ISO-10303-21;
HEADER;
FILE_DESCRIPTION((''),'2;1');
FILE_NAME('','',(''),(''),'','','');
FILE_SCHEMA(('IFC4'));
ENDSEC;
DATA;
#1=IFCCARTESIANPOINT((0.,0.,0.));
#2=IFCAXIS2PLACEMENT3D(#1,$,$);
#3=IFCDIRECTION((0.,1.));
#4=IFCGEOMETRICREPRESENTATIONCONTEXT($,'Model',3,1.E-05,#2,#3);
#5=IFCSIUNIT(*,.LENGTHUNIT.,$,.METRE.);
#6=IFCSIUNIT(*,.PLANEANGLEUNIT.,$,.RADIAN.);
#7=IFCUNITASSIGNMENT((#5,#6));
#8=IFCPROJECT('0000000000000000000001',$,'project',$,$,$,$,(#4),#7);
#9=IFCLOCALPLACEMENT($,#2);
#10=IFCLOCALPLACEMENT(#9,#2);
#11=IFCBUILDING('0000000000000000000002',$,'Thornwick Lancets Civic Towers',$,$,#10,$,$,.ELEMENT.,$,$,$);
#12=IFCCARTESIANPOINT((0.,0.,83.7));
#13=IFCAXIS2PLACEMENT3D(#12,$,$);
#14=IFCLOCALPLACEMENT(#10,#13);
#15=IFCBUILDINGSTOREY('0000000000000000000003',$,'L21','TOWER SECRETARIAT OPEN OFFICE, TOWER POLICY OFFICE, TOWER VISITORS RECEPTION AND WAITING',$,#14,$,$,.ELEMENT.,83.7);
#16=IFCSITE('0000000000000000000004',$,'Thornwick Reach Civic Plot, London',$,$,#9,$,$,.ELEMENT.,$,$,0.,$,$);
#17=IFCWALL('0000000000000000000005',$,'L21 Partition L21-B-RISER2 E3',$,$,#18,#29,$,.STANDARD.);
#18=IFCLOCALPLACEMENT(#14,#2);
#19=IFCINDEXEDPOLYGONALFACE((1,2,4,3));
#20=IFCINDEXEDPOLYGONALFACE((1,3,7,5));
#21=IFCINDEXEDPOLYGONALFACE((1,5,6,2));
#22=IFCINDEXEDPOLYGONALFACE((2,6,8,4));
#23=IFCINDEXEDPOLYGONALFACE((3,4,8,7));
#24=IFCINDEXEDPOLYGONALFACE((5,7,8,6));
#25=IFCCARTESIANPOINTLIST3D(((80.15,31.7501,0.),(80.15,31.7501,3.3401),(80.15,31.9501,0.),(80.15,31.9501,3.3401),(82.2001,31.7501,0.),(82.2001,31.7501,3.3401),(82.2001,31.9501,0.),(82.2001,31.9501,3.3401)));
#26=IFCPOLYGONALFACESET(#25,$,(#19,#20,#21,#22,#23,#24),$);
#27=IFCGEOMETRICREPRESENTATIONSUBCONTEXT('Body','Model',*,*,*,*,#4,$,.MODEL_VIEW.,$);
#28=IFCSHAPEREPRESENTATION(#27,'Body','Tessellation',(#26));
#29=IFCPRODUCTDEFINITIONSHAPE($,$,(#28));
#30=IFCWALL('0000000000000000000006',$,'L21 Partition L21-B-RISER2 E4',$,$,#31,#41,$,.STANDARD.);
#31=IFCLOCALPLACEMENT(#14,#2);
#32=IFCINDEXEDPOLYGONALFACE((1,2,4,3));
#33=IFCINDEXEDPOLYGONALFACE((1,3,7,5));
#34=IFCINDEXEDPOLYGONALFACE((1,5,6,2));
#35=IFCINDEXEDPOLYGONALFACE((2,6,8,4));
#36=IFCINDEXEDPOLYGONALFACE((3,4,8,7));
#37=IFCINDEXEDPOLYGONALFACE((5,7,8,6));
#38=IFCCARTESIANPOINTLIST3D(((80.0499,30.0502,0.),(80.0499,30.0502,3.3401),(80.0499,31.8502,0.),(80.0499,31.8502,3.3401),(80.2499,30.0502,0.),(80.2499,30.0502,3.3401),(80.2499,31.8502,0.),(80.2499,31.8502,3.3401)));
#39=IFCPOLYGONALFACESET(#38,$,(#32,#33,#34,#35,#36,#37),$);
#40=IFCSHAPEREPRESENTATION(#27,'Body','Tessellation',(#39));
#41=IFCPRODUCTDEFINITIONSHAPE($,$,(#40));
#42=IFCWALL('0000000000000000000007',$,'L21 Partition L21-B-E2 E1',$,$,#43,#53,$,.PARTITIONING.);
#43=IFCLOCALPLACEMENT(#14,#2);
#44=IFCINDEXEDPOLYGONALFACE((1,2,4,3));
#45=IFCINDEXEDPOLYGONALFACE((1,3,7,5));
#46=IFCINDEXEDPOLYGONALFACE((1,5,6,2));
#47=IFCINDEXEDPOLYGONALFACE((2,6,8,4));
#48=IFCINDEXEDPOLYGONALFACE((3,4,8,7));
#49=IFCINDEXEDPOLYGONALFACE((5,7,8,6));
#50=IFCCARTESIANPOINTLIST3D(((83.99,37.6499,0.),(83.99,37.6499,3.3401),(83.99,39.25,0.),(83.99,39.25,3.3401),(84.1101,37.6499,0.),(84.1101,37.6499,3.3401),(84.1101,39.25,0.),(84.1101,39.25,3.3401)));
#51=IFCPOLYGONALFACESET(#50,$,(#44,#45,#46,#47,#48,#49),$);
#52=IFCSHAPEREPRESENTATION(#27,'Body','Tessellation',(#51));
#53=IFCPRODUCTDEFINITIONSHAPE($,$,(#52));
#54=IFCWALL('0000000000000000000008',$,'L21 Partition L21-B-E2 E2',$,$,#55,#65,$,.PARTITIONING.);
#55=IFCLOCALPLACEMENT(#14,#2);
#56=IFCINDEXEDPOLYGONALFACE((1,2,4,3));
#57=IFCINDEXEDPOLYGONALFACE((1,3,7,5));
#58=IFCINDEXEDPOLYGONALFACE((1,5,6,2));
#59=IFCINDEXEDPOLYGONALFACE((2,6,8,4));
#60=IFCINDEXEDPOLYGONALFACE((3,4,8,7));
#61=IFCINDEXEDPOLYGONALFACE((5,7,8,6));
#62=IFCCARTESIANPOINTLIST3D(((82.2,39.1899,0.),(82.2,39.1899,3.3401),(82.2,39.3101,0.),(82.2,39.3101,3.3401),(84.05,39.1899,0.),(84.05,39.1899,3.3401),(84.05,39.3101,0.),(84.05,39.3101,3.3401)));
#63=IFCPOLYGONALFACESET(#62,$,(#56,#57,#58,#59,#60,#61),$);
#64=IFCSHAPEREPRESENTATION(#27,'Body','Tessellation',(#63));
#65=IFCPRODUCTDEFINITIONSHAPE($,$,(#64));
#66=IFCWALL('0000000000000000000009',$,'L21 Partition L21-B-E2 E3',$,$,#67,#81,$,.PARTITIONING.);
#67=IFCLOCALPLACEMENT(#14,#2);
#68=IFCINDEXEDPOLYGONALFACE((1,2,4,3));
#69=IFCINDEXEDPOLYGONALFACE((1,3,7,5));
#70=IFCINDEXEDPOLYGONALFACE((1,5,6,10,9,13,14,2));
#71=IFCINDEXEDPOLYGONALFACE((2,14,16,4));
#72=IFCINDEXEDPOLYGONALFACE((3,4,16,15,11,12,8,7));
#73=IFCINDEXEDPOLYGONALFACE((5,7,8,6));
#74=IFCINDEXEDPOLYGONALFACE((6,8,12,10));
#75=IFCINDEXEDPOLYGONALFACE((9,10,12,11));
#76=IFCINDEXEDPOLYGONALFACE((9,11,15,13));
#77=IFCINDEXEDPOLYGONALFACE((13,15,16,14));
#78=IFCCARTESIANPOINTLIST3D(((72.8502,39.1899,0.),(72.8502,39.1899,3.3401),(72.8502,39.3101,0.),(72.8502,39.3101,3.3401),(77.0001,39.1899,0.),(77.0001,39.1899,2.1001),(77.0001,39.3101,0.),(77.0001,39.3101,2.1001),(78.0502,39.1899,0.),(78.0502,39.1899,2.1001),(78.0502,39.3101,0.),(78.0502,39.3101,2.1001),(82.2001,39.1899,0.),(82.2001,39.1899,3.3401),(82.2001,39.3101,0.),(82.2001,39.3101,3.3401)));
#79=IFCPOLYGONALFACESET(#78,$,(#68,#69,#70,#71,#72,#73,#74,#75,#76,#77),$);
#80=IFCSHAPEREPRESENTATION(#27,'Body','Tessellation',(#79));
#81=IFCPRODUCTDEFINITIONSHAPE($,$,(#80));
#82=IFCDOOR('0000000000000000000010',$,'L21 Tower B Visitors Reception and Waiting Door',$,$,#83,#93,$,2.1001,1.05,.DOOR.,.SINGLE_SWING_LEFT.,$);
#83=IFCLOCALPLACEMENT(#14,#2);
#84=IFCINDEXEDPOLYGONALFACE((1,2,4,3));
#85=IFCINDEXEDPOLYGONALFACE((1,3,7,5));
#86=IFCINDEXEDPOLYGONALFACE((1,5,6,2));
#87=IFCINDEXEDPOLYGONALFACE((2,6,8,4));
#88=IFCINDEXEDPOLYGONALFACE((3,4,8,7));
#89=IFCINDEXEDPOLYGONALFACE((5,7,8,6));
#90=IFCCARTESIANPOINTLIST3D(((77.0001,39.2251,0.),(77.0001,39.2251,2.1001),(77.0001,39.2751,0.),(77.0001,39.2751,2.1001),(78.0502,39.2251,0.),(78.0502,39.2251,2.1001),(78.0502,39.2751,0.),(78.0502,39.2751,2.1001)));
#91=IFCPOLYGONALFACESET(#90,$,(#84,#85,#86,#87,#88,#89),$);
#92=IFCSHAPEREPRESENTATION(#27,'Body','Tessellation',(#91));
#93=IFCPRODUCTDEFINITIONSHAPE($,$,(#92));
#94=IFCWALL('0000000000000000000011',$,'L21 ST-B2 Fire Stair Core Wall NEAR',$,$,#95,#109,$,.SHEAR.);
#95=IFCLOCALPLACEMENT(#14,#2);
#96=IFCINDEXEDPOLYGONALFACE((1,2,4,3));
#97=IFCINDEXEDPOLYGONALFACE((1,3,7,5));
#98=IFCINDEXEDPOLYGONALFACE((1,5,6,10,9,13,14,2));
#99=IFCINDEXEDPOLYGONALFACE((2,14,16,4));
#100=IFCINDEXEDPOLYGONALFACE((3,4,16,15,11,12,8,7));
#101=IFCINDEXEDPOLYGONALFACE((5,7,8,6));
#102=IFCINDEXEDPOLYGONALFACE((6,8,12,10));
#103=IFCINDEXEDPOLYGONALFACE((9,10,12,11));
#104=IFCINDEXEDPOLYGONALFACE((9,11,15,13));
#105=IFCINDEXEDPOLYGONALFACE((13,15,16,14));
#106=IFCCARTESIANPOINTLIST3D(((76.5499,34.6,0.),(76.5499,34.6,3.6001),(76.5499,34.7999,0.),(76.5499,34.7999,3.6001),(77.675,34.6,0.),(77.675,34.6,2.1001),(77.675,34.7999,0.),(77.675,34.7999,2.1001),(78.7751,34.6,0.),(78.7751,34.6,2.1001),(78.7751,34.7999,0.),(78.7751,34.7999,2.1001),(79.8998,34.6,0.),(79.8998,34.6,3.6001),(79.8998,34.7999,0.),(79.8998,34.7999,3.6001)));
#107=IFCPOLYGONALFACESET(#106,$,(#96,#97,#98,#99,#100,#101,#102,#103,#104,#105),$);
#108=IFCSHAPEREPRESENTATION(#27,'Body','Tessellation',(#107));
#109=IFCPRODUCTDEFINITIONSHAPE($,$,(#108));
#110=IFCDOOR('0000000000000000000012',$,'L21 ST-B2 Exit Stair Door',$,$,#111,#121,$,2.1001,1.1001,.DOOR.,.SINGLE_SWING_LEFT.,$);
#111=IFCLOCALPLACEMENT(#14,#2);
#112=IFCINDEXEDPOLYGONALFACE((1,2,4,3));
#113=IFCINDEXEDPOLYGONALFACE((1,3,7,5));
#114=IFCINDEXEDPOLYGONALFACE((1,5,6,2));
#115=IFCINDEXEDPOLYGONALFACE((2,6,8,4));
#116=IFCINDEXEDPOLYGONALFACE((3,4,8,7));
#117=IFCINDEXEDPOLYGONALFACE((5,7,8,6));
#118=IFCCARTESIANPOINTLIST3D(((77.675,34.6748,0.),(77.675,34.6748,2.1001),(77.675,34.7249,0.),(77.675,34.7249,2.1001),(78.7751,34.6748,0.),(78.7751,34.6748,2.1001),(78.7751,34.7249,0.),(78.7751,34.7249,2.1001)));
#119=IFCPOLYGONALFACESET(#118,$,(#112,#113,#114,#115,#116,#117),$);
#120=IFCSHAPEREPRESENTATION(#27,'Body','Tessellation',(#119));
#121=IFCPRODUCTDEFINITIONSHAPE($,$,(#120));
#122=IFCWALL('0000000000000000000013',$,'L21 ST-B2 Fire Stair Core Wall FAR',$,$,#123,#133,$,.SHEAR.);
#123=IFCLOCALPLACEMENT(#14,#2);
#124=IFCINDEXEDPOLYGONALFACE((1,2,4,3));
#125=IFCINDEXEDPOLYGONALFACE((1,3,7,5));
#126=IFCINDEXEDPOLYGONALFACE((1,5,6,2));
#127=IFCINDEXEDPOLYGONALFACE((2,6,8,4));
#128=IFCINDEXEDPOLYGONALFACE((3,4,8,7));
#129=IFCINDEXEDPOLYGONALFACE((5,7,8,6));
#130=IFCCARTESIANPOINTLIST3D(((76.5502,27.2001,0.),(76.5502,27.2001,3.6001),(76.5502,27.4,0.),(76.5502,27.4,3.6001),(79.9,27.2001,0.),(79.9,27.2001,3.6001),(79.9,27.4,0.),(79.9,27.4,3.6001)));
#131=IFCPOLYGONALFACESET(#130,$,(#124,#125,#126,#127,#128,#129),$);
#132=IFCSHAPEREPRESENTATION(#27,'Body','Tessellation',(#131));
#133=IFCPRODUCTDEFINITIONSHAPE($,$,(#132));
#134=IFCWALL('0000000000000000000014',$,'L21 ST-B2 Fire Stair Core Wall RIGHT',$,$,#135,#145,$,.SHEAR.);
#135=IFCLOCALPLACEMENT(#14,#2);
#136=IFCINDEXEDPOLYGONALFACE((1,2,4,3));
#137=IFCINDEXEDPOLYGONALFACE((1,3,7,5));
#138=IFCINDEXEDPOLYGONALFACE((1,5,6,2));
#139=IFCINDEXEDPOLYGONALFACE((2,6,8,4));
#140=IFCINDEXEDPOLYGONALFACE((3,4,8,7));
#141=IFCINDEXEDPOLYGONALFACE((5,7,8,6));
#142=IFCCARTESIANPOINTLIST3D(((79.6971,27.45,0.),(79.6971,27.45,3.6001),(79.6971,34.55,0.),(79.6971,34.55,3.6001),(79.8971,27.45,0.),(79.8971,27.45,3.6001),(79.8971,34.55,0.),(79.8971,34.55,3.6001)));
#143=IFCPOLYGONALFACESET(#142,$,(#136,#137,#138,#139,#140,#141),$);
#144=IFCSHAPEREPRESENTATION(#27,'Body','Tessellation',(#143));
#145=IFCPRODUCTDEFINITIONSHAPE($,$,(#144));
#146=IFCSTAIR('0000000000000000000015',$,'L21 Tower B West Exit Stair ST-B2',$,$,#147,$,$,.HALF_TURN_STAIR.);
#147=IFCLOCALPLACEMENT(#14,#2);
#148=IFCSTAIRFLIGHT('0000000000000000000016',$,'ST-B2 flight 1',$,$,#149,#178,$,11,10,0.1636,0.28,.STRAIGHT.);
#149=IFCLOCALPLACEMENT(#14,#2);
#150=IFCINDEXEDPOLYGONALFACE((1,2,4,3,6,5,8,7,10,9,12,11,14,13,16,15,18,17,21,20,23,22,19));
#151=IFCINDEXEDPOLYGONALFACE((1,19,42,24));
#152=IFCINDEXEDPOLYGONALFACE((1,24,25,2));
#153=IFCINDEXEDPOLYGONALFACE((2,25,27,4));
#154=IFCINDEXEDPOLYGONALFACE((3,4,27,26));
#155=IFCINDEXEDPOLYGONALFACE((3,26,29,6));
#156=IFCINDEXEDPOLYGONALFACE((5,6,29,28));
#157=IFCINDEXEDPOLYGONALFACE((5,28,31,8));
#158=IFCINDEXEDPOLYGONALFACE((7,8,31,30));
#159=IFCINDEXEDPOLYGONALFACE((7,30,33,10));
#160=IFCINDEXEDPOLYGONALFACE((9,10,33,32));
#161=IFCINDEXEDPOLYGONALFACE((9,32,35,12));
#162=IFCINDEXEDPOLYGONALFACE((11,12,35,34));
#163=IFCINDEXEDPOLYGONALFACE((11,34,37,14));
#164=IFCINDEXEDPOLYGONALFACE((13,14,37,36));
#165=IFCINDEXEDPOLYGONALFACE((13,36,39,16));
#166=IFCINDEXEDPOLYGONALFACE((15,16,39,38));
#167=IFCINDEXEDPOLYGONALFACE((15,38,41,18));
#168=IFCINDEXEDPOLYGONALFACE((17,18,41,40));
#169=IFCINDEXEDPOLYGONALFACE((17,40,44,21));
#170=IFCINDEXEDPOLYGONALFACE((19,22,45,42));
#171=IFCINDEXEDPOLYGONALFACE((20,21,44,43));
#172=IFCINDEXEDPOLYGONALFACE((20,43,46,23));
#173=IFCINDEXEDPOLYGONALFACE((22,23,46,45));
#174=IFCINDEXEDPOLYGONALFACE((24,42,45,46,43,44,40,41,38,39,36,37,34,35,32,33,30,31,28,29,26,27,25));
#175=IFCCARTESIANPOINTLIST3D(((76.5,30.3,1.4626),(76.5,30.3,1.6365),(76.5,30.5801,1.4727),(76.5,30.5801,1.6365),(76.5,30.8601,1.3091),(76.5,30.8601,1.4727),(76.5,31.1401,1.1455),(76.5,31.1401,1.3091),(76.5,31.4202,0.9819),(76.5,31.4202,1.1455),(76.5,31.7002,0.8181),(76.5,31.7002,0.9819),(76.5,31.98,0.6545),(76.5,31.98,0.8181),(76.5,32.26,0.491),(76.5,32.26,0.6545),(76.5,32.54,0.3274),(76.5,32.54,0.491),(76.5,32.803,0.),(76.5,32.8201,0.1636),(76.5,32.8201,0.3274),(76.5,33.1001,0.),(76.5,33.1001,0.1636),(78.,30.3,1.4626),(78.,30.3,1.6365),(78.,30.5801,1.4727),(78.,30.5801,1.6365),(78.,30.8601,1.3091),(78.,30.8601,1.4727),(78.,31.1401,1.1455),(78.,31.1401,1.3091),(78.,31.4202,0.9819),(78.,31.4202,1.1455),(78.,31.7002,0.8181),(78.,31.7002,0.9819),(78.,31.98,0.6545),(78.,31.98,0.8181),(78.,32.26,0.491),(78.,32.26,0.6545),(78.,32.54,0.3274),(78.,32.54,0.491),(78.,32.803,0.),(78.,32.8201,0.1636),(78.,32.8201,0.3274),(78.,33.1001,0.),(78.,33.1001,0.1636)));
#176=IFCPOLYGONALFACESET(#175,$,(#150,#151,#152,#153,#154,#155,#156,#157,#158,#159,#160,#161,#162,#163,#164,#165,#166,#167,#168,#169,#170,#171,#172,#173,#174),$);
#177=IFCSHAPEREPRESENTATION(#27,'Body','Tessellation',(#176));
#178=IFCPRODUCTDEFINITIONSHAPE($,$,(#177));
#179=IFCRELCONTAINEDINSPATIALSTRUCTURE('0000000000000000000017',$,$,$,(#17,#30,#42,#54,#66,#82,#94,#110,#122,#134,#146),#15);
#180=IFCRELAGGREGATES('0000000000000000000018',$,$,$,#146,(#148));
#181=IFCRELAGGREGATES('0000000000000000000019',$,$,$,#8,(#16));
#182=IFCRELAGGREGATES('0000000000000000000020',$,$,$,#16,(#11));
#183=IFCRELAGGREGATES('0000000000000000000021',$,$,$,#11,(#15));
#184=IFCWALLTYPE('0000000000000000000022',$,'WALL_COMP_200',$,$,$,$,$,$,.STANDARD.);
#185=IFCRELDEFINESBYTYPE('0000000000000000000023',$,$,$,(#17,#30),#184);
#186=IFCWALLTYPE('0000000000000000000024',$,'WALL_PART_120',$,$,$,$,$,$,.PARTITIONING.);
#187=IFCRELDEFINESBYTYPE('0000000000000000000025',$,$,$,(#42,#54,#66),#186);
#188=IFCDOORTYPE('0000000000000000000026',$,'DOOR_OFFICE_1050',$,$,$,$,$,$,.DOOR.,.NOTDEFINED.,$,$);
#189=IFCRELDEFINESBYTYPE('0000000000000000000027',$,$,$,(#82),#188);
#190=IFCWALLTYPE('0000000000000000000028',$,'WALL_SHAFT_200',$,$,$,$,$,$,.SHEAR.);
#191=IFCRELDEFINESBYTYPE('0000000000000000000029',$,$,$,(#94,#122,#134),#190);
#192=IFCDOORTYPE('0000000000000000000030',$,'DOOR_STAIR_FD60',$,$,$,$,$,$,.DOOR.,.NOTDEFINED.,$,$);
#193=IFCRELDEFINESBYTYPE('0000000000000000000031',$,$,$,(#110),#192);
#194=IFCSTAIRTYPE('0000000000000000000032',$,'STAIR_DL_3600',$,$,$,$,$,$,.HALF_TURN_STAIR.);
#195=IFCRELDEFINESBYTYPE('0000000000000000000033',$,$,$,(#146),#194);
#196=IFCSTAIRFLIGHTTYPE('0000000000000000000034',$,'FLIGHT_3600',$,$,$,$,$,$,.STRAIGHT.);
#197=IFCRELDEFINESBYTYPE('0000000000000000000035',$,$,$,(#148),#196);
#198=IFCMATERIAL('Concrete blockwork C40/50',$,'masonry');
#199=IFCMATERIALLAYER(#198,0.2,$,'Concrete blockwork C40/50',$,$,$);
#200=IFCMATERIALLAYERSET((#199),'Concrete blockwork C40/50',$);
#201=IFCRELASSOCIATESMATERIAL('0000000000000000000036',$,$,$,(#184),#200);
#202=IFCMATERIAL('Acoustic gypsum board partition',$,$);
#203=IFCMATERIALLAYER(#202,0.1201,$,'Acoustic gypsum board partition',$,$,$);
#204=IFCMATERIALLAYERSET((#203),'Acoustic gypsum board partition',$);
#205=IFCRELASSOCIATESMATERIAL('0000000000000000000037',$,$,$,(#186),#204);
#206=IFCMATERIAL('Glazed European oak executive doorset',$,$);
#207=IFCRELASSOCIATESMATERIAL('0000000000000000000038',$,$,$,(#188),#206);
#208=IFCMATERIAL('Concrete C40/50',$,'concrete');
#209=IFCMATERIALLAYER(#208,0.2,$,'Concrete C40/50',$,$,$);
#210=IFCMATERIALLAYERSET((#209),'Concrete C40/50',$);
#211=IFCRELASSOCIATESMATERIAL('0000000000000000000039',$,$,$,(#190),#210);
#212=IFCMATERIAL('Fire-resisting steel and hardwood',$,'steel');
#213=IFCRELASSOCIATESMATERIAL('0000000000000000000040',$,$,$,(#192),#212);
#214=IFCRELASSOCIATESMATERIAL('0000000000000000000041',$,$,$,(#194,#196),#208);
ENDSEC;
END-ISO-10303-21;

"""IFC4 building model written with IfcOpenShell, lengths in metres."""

from ifc_helpers import new_model, si_unit, direction, frame, frame_2d, origin, place, context, subcontext, project, spatial, polyline, rectangle, outline, extrude, material, layer, layer_set, type_object, element, fill, aggregate, save


model = new_model("IFC4")

# Units and contexts
model_context = context("Model", 3, precision=1e-05, world=origin(), true_north=direction((0.0, 1.0)))
body_context = subcontext(model_context, "Body", "Model", "MODEL_VIEW")
ifc_project = project(units=[si_unit("LENGTHUNIT", "METRE"), si_unit("PLANEANGLEUNIT", "RADIAN")], contexts=[model_context])

# Site, building, storey
site_placement = place(None, origin())
site = spatial("IfcSite", under=ifc_project, at=site_placement, Name="Thornwick Reach Civic Plot, London", CompositionType="ELEMENT", RefElevation=0.0)
building_placement = place(site_placement, origin())
building = spatial("IfcBuilding", under=site, at=building_placement, Name="Thornwick Lancets Civic Towers", CompositionType="ELEMENT")
storey_placement = place(building_placement, frame((0.0, 0.0, 83.7)))
storey = spatial("IfcBuildingStorey", under=building, at=storey_placement, Name="L21", Description="TOWER SECRETARIAT OPEN OFFICE, TOWER POLICY OFFICE, TOWER VISITORS RECEPTION AND WAITING", CompositionType="ELEMENT", Elevation=83.7)

# Shared definitions
ifc_material_1 = material(Name="Concrete blockwork C40/50", Category="masonry")
ifc_layer_1 = layer(ifc_material_1, 0.2, Name="Concrete blockwork C40/50")
ifc_layer_set_1 = layer_set([ifc_layer_1], Name="Concrete blockwork C40/50")
wall_type_1 = type_object("IfcWallType", Name="WALL_COMP_200", PredefinedType="STANDARD", material=ifc_layer_set_1)

# Walls
wall_1_placement = place(storey_placement, frame((82.2, 31.8501, 0.0), z_axis=(0.0, 0.0, 1.0), x_axis=(-1.0, 0.0, 0.0)))
element("IfcWall", 1, at=wall_1_placement, inside=storey, type_object=wall_type_1, Name="L21 Partition L21-B-RISER2 E3", PredefinedType="STANDARD", context=body_context, shape_type="SweptSolid", body=[
    extrude(rectangle(XDim=2.05, YDim=0.2, at=frame_2d((1.0249, 0.0))), origin(), (0.0, 0.0, 1.0), 3.3401),
])
wall_2_placement = place(storey_placement, frame((80.1499, 31.8501, 0.0), z_axis=(0.0, 0.0, 1.0), x_axis=(0.0, -1.0, 0.0)))
element("IfcWall", 2, at=wall_2_placement, inside=storey, type_object=wall_type_1, Name="L21 Partition L21-B-RISER2 E4", PredefinedType="STANDARD", context=body_context, shape_type="SweptSolid", body=[
    extrude(rectangle(XDim=1.8, YDim=0.2, at=frame_2d((0.8999, 0.0))), origin(), (0.0, 0.0, 1.0), 3.3401),
])
ifc_material_2 = material(Name="Acoustic gypsum board partition")
ifc_layer_2 = layer(ifc_material_2, 0.1201, Name="Acoustic gypsum board partition")
ifc_layer_set_2 = layer_set([ifc_layer_2], Name="Acoustic gypsum board partition")
wall_type_2 = type_object("IfcWallType", Name="WALL_PART_120", PredefinedType="PARTITIONING", material=ifc_layer_set_2)
wall_3_placement = place(storey_placement, frame((84.05, 37.6499, 0.0), z_axis=(0.0, 0.0, 1.0), x_axis=(0.0, 1.0, 0.0)))
element("IfcWall", 3, at=wall_3_placement, inside=storey, type_object=wall_type_2, Name="L21 Partition L21-B-E2 E1", PredefinedType="PARTITIONING", context=body_context, shape_type="SweptSolid", body=[
    extrude(rectangle(XDim=1.6001, YDim=0.1201, at=frame_2d((0.8, 0.0))), origin(), (0.0, 0.0, 1.0), 3.3401),
])
wall_4_placement = place(storey_placement, frame((84.05, 39.25, 0.0), z_axis=(0.0, 0.0, 1.0), x_axis=(-1.0, 0.0, 0.0)))
element("IfcWall", 4, at=wall_4_placement, inside=storey, type_object=wall_type_2, Name="L21 Partition L21-B-E2 E2", PredefinedType="PARTITIONING", context=body_context, shape_type="SweptSolid", body=[
    extrude(rectangle(XDim=1.8501, YDim=0.1201, at=frame_2d((0.925, 0.0))), origin(), (0.0, 0.0, 1.0), 3.3401),
])

# Walls, openings, doors
wall_5_placement = place(storey_placement, frame((82.2, 39.25, 0.0), z_axis=(0.0, 0.0, 1.0), x_axis=(-1.0, 0.0, 0.0)))
wall_5 = element("IfcWall", 5, at=wall_5_placement, inside=storey, type_object=wall_type_2, Name="L21 Partition L21-B-E2 E3", PredefinedType="PARTITIONING", context=body_context, shape_type="SweptSolid", body=[
    extrude(rectangle(XDim=9.3499, YDim=0.1201, at=frame_2d((4.6748, 0.0))), origin(), (0.0, 0.0, 1.0), 3.3401),
])
opening_1_placement = place(wall_5_placement, frame((4.1499, 0.0, 0.0)))
opening_1 = element("IfcOpeningElement", 6, at=opening_1_placement, cuts=wall_5, PredefinedType="OPENING", context=body_context, shape_type="SweptSolid", body=[
    extrude(rectangle(XDim=1.05, YDim=2.1001, at=frame_2d((0.5249, 1.05))), frame((0.0, 0.0701, 0.0), z_axis=(0.0, -1.0, 0.0), x_axis=(1.0, 0.0, 0.0)), (0.0, 0.0, 1.0), 0.1401),
])
ifc_material_3 = material(Name="Glazed European oak executive doorset")
door_type_1 = type_object("IfcDoorType", Name="DOOR_OFFICE_1050", OperationType="NOTDEFINED", PredefinedType="DOOR", material=ifc_material_3)
door_1_placement = place(opening_1_placement, origin())
door_1 = element("IfcDoor", 7, at=door_1_placement, inside=storey, type_object=door_type_1, Name="L21 Tower B Visitors Reception and Waiting Door", OperationType="SINGLE_SWING_LEFT", OverallHeight=2.1001, OverallWidth=1.05, PredefinedType="DOOR", context=body_context, shape_type="SweptSolid", body=[
    extrude(rectangle(XDim=1.05, YDim=2.1001, at=frame_2d((0.5249, 1.05))), frame((0.0, 0.0249, 0.0), z_axis=(0.0, -1.0, 0.0), x_axis=(1.0, 0.0, 0.0)), (0.0, 0.0, 1.0), 0.05),
])
fill(opening_1, door_1)
ifc_material_4 = material(Name="Concrete C40/50", Category="concrete")
ifc_layer_3 = layer(ifc_material_4, 0.2, Name="Concrete C40/50")
ifc_layer_set_3 = layer_set([ifc_layer_3], Name="Concrete C40/50")
wall_type_3 = type_object("IfcWallType", Name="WALL_SHAFT_200", PredefinedType="SHEAR", material=ifc_layer_set_3)
wall_6_placement = place(storey_placement, frame((76.55, 34.7, 0.0), z_axis=(0.0, 0.0, 1.0), x_axis=(1.0, 0.0, 0.0)))
wall_6 = element("IfcWall", 8, at=wall_6_placement, inside=storey, type_object=wall_type_3, Name="L21 ST-B2 Fire Stair Core Wall NEAR", PredefinedType="SHEAR", context=body_context, shape_type="SweptSolid", body=[
    extrude(rectangle(XDim=3.3499, YDim=0.2, at=frame_2d((1.6748, 0.0))), origin(), (0.0, 0.0, 1.0), 3.6001),
])
opening_2_placement = place(wall_6_placement, frame((1.125, 0.0, 0.0)))
opening_2 = element("IfcOpeningElement", 9, at=opening_2_placement, cuts=wall_6, PredefinedType="OPENING", context=body_context, shape_type="SweptSolid", body=[
    extrude(rectangle(XDim=1.1001, YDim=2.1001, at=frame_2d((0.55, 1.05))), frame((0.0, 0.1099, 0.0), z_axis=(0.0, -1.0, 0.0), x_axis=(1.0, 0.0, 0.0)), (0.0, 0.0, 1.0), 0.22),
])
ifc_material_5 = material(Name="Fire-resisting steel and hardwood", Category="steel")
door_type_2 = type_object("IfcDoorType", Name="DOOR_STAIR_FD60", OperationType="NOTDEFINED", PredefinedType="DOOR", material=ifc_material_5)
door_2_placement = place(opening_2_placement, origin())
door_2 = element("IfcDoor", 10, at=door_2_placement, inside=storey, type_object=door_type_2, Name="L21 ST-B2 Exit Stair Door", OperationType="SINGLE_SWING_LEFT", OverallHeight=2.1001, OverallWidth=1.1001, PredefinedType="DOOR", context=body_context, shape_type="SweptSolid", body=[
    extrude(rectangle(XDim=1.1001, YDim=2.1001, at=frame_2d((0.55, 1.05))), frame((0.0, 0.0249, 0.0), z_axis=(0.0, -1.0, 0.0), x_axis=(1.0, 0.0, 0.0)), (0.0, 0.0, 1.0), 0.05),
])
fill(opening_2, door_2)

# Walls
wall_7_placement = place(storey_placement, frame((79.8999, 27.3, 0.0), z_axis=(0.0, 0.0, 1.0), x_axis=(-1.0, 0.0, 0.0)))
element("IfcWall", 11, at=wall_7_placement, inside=storey, type_object=wall_type_3, Name="L21 ST-B2 Fire Stair Core Wall FAR", PredefinedType="SHEAR", context=body_context, shape_type="SweptSolid", body=[
    extrude(rectangle(XDim=3.3499, YDim=0.2, at=frame_2d((1.6748, 0.0))), origin(), (0.0, 0.0, 1.0), 3.6001),
])
wall_8_placement = place(storey_placement, frame((79.7971, 27.45, 0.0), z_axis=(0.0, 0.0, 1.0), x_axis=(0.0, 1.0, 0.0)))
element("IfcWall", 12, at=wall_8_placement, inside=storey, type_object=wall_type_3, Name="L21 ST-B2 Fire Stair Core Wall RIGHT", PredefinedType="SHEAR", context=body_context, shape_type="SweptSolid", body=[
    extrude(rectangle(XDim=7.1001, YDim=0.2, at=frame_2d((3.55, 0.0))), origin(), (0.0, 0.0, 1.0), 3.6001),
])

# Stair, stair flight
stair_type = type_object("IfcStairType", Name="STAIR_DL_3600", PredefinedType="HALF_TURN_STAIR", material=ifc_material_4)
stair_placement = place(storey_placement, origin())
stair = element("IfcStair", 13, at=stair_placement, inside=storey, type_object=stair_type, Name="L21 Tower B West Exit Stair ST-B2", PredefinedType="HALF_TURN_STAIR")
stair_flight_type = type_object("IfcStairFlightType", Name="FLIGHT_3600", PredefinedType="STRAIGHT", material=ifc_material_4)
stair_flight_1_placement = place(storey_placement, frame((77.25, 33.1001, 0.0), z_axis=(0.0, 0.0, 1.0), x_axis=(0.0, -1.0, 0.0)))
stair_flight_1 = element("IfcStairFlight", 14, at=stair_flight_1_placement, type_object=stair_flight_type, Name="ST-B2 flight 1", NumberOfRisers=11, NumberOfTreads=10, PredefinedType="STRAIGHT", RiserHeight=0.1636, TreadLength=0.28, context=body_context, shape_type="SweptSolid", body=[
    extrude(outline(polyline([(0.0, 0.0), (0.0, 0.1636), (0.28, 0.1636), (0.28, 0.3274), (0.5601, 0.3274), (0.5601, 0.491), (0.8401, 0.491), (0.8401, 0.6545), (1.1201, 0.6545), (1.1201, 0.8181), (1.3999, 0.8181), (1.3999, 0.9819), (1.6799, 0.9819), (1.6799, 1.1455), (1.96, 1.1455), (1.96, 1.3091), (2.24, 1.3091), (2.24, 1.4727), (2.52, 1.4727), (2.52, 1.6365), (2.8, 1.6365), (2.8, 1.8), (2.8, 1.4626), (0.2971, 0.0), (0.0, 0.0)])), frame((0.0, 0.75, 0.0), z_axis=(0.0, -1.0, 0.0), x_axis=(1.0, 0.0, 0.0)), (0.0, 0.0, 1.0), 1.5),
])
aggregate(stair, [stair_flight_1])

save(model, "model.ifc")
